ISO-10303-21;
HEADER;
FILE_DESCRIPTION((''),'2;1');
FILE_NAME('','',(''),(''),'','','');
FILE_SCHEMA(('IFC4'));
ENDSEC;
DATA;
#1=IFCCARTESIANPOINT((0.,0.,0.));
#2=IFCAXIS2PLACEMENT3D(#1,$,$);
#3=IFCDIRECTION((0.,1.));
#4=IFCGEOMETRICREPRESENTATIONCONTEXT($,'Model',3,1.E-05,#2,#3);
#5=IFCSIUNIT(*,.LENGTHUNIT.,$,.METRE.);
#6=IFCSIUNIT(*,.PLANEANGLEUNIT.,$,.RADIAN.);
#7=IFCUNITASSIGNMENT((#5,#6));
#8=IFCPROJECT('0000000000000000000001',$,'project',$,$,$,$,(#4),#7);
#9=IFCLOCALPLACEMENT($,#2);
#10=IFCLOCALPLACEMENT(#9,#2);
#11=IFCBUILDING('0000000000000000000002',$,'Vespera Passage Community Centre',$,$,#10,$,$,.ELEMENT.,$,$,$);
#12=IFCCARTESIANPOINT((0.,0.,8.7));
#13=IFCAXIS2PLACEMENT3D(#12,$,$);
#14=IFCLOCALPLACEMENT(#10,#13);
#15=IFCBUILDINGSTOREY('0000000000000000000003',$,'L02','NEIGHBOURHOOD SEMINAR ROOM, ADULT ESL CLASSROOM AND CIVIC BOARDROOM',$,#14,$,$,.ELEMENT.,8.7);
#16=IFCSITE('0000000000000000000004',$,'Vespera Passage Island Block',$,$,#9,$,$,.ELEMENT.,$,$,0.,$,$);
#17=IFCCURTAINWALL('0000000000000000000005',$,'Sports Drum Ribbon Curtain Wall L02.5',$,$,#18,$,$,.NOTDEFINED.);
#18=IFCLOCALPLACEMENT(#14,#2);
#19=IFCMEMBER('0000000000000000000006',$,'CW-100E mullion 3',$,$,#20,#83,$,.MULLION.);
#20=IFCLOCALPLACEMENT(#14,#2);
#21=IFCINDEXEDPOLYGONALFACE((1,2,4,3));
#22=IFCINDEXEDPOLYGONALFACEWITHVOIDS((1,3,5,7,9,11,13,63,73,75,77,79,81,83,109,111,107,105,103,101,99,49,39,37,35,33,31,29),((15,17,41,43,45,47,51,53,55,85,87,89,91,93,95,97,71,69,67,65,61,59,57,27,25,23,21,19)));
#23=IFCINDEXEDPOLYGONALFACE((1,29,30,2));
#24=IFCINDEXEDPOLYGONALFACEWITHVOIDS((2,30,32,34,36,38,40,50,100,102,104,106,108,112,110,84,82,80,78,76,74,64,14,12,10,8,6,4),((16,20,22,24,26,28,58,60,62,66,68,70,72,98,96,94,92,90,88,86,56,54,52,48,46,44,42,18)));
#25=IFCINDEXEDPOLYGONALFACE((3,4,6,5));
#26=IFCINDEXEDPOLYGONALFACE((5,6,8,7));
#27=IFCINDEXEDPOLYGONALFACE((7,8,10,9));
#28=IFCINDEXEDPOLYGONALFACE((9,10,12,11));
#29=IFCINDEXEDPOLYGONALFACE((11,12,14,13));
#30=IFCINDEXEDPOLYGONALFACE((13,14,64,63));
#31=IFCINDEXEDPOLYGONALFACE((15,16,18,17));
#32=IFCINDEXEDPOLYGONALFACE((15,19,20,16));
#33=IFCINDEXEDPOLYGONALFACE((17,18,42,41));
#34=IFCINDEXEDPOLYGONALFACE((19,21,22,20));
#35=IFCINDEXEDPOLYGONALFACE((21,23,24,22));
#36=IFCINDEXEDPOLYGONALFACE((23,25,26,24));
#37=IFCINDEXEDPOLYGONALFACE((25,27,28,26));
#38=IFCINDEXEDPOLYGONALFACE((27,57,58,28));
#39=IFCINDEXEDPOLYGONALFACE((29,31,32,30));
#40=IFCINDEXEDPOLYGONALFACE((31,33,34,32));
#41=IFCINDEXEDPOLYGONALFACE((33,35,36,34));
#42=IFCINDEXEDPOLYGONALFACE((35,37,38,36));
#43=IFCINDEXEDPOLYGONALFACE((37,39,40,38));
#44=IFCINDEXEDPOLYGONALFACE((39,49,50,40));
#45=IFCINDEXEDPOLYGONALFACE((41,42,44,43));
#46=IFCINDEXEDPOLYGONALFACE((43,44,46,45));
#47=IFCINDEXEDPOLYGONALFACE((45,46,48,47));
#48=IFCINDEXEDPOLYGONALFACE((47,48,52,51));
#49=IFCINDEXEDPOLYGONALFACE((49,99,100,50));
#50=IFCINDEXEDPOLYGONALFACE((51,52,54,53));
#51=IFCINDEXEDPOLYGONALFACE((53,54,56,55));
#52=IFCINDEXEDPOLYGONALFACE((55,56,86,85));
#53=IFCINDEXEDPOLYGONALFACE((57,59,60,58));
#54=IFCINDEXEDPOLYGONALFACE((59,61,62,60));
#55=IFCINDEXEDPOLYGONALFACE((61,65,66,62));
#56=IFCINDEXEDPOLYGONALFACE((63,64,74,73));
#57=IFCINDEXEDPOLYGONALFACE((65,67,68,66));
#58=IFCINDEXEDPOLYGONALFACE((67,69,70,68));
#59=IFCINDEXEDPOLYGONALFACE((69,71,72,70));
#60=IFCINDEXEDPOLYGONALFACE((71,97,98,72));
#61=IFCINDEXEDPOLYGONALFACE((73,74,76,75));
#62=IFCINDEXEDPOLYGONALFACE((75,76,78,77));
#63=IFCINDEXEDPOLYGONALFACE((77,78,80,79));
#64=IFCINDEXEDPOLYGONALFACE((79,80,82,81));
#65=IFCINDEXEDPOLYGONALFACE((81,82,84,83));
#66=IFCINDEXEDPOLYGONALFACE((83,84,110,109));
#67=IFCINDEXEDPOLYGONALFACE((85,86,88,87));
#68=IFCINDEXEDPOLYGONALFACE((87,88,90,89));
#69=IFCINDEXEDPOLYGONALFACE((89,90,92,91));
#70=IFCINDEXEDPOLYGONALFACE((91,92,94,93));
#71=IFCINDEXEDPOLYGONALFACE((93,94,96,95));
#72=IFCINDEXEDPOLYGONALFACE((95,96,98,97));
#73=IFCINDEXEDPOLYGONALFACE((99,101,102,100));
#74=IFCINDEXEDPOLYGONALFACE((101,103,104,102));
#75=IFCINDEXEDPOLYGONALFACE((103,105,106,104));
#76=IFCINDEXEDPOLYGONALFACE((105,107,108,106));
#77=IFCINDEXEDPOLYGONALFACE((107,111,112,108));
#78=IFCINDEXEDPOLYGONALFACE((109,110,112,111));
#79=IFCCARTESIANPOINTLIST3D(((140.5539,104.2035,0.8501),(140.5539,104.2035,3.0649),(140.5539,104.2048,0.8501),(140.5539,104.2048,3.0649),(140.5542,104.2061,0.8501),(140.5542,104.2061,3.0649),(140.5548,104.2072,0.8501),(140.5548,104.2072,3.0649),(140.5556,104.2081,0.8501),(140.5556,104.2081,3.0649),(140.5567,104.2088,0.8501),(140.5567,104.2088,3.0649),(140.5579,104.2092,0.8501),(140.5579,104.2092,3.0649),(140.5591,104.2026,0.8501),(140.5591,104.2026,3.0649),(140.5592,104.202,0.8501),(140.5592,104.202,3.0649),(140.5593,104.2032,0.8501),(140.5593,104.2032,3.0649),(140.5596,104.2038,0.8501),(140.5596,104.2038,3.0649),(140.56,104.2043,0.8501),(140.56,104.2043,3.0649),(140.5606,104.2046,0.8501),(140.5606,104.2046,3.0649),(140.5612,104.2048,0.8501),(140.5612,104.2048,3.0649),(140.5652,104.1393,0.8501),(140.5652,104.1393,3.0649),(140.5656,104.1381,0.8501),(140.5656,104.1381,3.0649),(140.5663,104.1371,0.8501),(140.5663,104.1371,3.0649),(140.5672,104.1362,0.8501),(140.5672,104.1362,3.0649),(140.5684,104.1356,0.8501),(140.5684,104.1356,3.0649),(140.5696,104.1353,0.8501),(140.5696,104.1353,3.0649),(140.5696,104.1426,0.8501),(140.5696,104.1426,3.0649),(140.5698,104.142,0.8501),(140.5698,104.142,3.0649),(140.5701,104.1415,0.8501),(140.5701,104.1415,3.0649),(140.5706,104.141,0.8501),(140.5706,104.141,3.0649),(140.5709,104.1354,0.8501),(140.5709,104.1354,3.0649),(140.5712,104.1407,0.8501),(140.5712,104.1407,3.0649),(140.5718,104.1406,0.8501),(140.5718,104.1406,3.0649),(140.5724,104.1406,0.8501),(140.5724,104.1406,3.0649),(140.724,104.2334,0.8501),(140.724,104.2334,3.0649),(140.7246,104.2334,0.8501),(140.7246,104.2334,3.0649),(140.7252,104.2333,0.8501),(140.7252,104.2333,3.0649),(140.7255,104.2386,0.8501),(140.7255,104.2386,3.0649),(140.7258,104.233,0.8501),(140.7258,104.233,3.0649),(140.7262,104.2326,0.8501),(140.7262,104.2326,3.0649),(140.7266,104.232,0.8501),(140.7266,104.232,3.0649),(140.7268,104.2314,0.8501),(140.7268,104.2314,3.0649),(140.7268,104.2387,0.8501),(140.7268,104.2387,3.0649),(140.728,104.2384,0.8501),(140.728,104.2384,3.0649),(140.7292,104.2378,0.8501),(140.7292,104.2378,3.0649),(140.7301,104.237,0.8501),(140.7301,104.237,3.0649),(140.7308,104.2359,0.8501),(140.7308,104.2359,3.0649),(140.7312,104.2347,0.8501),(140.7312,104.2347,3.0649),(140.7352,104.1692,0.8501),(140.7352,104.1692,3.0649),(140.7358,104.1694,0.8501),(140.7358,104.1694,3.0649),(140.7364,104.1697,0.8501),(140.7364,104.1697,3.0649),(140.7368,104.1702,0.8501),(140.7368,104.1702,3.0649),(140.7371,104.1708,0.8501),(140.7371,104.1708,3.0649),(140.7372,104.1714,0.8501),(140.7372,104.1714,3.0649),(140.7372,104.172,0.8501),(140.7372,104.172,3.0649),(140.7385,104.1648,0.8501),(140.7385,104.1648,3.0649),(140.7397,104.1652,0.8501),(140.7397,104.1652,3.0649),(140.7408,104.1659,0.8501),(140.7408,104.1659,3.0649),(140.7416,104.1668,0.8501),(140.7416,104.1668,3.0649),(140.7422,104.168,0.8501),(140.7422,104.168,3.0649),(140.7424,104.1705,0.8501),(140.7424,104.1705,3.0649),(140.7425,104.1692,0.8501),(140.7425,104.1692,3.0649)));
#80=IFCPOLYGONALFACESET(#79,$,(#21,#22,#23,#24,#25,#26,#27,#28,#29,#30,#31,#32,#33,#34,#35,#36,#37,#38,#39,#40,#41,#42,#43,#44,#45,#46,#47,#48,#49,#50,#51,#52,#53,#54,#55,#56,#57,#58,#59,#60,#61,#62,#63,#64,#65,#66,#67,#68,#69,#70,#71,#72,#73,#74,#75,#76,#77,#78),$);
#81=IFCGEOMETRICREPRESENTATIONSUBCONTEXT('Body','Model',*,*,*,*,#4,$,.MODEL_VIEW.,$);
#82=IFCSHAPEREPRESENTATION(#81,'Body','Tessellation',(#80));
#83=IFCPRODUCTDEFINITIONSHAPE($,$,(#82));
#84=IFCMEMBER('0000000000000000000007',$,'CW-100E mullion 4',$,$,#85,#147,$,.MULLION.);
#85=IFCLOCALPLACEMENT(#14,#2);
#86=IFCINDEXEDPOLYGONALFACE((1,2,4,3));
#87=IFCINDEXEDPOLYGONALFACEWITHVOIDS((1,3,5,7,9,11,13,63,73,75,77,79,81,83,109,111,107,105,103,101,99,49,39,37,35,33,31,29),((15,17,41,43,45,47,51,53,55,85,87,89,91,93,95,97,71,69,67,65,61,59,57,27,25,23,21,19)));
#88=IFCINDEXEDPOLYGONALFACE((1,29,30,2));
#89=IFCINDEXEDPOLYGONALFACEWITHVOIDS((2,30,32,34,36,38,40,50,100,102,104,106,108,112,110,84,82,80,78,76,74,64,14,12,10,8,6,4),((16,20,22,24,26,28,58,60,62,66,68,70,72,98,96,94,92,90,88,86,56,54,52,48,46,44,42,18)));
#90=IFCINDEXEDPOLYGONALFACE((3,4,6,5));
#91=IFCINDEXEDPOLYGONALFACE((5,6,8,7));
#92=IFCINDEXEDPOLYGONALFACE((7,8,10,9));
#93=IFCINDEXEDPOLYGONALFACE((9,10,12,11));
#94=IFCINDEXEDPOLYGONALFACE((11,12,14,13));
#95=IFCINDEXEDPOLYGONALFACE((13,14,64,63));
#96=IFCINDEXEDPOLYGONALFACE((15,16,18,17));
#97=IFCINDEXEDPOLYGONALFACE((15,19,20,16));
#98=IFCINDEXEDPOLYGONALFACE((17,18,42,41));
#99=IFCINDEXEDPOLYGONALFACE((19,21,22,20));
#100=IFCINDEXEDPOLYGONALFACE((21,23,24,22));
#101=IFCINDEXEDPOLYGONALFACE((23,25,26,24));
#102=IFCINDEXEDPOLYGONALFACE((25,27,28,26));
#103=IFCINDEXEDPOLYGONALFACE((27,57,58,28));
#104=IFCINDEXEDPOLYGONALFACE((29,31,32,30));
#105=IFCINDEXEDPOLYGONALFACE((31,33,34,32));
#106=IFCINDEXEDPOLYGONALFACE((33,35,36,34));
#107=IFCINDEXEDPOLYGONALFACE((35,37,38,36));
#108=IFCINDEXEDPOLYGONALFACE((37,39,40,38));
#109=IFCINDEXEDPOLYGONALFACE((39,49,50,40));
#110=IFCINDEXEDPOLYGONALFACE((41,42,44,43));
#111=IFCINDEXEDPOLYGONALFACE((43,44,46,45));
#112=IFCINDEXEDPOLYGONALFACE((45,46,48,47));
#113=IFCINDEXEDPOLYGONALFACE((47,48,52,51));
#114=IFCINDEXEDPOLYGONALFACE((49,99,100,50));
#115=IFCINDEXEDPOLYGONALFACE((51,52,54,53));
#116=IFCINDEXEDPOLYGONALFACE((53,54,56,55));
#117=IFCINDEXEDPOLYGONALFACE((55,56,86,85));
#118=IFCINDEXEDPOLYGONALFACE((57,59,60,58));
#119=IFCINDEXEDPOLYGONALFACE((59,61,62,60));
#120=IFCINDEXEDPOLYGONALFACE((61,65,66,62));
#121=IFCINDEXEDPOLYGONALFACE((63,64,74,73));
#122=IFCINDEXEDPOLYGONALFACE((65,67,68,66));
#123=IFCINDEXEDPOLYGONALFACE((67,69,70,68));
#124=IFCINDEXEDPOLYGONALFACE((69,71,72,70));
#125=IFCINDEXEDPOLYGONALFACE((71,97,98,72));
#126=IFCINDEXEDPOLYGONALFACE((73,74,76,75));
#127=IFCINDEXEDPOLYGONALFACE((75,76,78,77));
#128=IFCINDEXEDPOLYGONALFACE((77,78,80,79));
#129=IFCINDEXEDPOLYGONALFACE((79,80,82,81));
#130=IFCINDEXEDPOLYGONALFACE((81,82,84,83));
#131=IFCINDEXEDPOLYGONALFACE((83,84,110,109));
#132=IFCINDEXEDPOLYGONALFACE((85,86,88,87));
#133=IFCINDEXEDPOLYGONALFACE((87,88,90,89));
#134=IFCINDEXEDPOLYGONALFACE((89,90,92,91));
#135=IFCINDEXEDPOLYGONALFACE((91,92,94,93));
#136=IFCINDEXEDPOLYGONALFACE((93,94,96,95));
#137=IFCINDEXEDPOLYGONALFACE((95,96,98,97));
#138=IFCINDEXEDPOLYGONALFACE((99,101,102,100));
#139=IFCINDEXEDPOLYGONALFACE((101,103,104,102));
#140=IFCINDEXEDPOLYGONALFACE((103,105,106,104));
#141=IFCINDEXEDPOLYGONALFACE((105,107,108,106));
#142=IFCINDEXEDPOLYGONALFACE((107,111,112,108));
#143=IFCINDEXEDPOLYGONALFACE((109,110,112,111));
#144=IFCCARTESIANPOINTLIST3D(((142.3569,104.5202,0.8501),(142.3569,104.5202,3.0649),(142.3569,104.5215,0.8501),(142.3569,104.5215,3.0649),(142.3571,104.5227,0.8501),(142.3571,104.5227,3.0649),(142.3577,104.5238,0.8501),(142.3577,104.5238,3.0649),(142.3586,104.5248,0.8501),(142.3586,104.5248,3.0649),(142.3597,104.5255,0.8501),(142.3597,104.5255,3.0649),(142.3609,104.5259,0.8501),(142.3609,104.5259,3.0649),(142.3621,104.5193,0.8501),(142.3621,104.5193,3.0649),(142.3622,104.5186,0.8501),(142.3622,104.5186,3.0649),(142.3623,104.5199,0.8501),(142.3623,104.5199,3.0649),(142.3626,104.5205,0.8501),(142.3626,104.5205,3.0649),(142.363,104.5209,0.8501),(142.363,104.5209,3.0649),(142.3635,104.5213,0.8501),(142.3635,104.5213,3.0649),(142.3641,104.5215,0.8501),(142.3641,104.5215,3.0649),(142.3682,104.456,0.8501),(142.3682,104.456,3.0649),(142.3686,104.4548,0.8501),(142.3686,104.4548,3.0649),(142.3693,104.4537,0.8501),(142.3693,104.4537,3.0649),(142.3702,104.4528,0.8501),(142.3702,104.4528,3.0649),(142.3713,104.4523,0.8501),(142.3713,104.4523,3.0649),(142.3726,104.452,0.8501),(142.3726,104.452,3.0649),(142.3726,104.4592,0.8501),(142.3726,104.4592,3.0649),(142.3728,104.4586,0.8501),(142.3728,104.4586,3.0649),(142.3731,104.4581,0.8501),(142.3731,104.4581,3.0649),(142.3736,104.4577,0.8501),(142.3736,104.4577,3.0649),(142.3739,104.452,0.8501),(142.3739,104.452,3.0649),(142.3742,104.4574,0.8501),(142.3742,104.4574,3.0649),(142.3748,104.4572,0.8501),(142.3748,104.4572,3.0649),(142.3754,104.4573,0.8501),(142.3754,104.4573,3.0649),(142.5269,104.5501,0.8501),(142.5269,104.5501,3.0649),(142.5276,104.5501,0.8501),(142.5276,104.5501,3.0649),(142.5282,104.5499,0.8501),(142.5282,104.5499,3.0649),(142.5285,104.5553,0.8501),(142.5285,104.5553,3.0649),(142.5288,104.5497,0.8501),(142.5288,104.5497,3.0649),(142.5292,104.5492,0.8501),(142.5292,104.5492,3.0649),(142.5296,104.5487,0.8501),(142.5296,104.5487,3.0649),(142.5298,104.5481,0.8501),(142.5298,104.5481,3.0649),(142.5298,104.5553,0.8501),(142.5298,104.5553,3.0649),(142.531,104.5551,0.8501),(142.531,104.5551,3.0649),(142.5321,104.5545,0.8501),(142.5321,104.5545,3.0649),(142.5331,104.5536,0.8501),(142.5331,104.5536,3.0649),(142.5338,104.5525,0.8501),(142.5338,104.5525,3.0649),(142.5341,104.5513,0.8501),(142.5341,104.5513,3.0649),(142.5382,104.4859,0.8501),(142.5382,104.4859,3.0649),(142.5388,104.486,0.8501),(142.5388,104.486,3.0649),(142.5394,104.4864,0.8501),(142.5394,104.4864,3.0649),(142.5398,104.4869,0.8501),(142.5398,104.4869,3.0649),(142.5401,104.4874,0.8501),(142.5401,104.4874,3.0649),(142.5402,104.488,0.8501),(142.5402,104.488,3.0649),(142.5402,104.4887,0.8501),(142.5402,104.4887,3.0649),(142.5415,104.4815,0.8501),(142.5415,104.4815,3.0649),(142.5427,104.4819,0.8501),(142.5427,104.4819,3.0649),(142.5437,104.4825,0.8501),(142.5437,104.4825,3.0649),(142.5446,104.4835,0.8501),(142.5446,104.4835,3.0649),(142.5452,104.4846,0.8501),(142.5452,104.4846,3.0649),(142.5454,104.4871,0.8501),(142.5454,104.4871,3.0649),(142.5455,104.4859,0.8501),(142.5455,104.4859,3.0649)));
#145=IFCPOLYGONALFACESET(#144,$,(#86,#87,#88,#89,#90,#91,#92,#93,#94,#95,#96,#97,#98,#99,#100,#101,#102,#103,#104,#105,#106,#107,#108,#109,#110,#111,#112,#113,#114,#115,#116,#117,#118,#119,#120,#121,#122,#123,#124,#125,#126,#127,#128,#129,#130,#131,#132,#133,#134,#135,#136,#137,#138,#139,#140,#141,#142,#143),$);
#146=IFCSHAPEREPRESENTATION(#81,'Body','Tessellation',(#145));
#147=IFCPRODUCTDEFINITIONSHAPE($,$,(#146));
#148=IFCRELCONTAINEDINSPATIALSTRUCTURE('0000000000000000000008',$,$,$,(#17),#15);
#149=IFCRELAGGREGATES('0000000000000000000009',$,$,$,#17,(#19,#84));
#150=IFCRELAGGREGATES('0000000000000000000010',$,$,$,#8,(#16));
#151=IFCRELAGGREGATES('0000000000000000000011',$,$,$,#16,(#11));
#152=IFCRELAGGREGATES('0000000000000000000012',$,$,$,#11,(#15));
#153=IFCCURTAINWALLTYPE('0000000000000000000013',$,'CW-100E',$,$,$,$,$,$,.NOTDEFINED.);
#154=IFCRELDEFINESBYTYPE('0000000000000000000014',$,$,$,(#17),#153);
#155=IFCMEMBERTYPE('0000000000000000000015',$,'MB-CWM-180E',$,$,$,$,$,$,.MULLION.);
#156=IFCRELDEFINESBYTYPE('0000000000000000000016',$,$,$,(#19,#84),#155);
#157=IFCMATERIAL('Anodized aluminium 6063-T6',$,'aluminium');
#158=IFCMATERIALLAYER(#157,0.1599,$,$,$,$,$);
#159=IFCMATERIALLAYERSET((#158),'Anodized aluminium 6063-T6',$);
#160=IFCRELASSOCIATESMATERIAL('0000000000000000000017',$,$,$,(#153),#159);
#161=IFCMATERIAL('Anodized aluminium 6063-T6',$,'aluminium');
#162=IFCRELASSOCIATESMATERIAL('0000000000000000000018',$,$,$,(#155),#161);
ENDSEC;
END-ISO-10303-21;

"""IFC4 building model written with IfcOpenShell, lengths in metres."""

from ifc_helpers import new_model, si_unit, direction, frame, origin, origin_2d, place, context, subcontext, project, spatial, hollow_rectangle, extrude, material, layer, layer_set, material_profile, profile_set, type_object, element, aggregate, save


model = new_model("IFC4")

# Units and contexts
model_context = context("Model", 3, precision=1e-05, world=origin(), true_north=direction((0.0, 1.0)))
body_context = subcontext(model_context, "Body", "Model", "MODEL_VIEW")
ifc_project = project(units=[si_unit("LENGTHUNIT", "METRE"), si_unit("PLANEANGLEUNIT", "RADIAN")], contexts=[model_context])

# Site, building, storey
site_placement = place(None, origin())
site = spatial("IfcSite", under=ifc_project, at=site_placement, Name="Vespera Passage Island Block", CompositionType="ELEMENT", RefElevation=0.0)
building_placement = place(site_placement, origin())
building = spatial("IfcBuilding", under=site, at=building_placement, Name="Vespera Passage Community Centre", CompositionType="ELEMENT")
storey_placement = place(building_placement, frame((0.0, 0.0, 8.7)))
storey = spatial("IfcBuildingStorey", under=building, at=storey_placement, Name="L02", Description="NEIGHBOURHOOD SEMINAR ROOM, ADULT ESL CLASSROOM AND CIVIC BOARDROOM", CompositionType="ELEMENT", Elevation=8.7)

# Curtain wall, members
ifc_material_1 = material(Name="Anodized aluminium 6063-T6", Category="aluminium")
ifc_layer_1 = layer(ifc_material_1, 0.1599)
ifc_layer_set_1 = layer_set([ifc_layer_1], Name="Anodized aluminium 6063-T6")
curtain_wall_type_1 = type_object("IfcCurtainWallType", Name="CW-100E", PredefinedType="NOTDEFINED", material=ifc_layer_set_1)
curtain_wall_1_placement = place(storey_placement, origin())
curtain_wall_1 = element("IfcCurtainWall", 1, at=curtain_wall_1_placement, inside=storey, type_object=curtain_wall_type_1, Name="Sports Drum Ribbon Curtain Wall L02.5", PredefinedType="NOTDEFINED")
ifc_material_2 = material(Name="Anodized aluminium 6063-T6", Category="aluminium")
ifc_material_profile_1 = material_profile(ifc_material_2, hollow_rectangle(XDim=0.075, YDim=0.1799, WallThickness=0.0049, InnerFilletRadius=0.0024, OuterFilletRadius=0.0049, at=origin_2d()), Name="ALU180X75X5")
ifc_profile_set_1 = profile_set([ifc_material_profile_1], Name="Anodized aluminium 6063-T6")
member_type_1 = type_object("IfcMemberType", Name="MB-CWM-180E", PredefinedType="MULLION", material=ifc_profile_set_1)
member_1_placement = place(storey_placement, frame((140.6482, 104.187, 0.8501), z_axis=(0.0, 0.0, 1.0), x_axis=(-0.172994, 0.984923, 0.0)))
member_1 = element("IfcMember", 2, at=member_1_placement, type_object=member_type_1, Name="CW-100E mullion 3", PredefinedType="MULLION", context=body_context, shape_type="SweptSolid", body=[
    extrude(hollow_rectangle(XDim=0.075, YDim=0.1799, WallThickness=0.0049, InnerFilletRadius=0.0024, OuterFilletRadius=0.0049, at=origin_2d()), origin(), (0.0, 0.0, 1.0), 2.2148),
])
member_2_placement = place(storey_placement, frame((142.4512, 104.5037, 0.8501), z_axis=(0.0, 0.0, 1.0), x_axis=(-0.172994, 0.984923, 0.0)))
member_2 = element("IfcMember", 3, at=member_2_placement, type_object=member_type_1, Name="CW-100E mullion 4", PredefinedType="MULLION", context=body_context, shape_type="SweptSolid", body=[
    extrude(hollow_rectangle(XDim=0.075, YDim=0.1799, WallThickness=0.0049, InnerFilletRadius=0.0024, OuterFilletRadius=0.0049, at=origin_2d()), origin(), (0.0, 0.0, 1.0), 2.2148),
])

aggregate(curtain_wall_1, [member_1, member_2])

save(model, "model.ifc")
